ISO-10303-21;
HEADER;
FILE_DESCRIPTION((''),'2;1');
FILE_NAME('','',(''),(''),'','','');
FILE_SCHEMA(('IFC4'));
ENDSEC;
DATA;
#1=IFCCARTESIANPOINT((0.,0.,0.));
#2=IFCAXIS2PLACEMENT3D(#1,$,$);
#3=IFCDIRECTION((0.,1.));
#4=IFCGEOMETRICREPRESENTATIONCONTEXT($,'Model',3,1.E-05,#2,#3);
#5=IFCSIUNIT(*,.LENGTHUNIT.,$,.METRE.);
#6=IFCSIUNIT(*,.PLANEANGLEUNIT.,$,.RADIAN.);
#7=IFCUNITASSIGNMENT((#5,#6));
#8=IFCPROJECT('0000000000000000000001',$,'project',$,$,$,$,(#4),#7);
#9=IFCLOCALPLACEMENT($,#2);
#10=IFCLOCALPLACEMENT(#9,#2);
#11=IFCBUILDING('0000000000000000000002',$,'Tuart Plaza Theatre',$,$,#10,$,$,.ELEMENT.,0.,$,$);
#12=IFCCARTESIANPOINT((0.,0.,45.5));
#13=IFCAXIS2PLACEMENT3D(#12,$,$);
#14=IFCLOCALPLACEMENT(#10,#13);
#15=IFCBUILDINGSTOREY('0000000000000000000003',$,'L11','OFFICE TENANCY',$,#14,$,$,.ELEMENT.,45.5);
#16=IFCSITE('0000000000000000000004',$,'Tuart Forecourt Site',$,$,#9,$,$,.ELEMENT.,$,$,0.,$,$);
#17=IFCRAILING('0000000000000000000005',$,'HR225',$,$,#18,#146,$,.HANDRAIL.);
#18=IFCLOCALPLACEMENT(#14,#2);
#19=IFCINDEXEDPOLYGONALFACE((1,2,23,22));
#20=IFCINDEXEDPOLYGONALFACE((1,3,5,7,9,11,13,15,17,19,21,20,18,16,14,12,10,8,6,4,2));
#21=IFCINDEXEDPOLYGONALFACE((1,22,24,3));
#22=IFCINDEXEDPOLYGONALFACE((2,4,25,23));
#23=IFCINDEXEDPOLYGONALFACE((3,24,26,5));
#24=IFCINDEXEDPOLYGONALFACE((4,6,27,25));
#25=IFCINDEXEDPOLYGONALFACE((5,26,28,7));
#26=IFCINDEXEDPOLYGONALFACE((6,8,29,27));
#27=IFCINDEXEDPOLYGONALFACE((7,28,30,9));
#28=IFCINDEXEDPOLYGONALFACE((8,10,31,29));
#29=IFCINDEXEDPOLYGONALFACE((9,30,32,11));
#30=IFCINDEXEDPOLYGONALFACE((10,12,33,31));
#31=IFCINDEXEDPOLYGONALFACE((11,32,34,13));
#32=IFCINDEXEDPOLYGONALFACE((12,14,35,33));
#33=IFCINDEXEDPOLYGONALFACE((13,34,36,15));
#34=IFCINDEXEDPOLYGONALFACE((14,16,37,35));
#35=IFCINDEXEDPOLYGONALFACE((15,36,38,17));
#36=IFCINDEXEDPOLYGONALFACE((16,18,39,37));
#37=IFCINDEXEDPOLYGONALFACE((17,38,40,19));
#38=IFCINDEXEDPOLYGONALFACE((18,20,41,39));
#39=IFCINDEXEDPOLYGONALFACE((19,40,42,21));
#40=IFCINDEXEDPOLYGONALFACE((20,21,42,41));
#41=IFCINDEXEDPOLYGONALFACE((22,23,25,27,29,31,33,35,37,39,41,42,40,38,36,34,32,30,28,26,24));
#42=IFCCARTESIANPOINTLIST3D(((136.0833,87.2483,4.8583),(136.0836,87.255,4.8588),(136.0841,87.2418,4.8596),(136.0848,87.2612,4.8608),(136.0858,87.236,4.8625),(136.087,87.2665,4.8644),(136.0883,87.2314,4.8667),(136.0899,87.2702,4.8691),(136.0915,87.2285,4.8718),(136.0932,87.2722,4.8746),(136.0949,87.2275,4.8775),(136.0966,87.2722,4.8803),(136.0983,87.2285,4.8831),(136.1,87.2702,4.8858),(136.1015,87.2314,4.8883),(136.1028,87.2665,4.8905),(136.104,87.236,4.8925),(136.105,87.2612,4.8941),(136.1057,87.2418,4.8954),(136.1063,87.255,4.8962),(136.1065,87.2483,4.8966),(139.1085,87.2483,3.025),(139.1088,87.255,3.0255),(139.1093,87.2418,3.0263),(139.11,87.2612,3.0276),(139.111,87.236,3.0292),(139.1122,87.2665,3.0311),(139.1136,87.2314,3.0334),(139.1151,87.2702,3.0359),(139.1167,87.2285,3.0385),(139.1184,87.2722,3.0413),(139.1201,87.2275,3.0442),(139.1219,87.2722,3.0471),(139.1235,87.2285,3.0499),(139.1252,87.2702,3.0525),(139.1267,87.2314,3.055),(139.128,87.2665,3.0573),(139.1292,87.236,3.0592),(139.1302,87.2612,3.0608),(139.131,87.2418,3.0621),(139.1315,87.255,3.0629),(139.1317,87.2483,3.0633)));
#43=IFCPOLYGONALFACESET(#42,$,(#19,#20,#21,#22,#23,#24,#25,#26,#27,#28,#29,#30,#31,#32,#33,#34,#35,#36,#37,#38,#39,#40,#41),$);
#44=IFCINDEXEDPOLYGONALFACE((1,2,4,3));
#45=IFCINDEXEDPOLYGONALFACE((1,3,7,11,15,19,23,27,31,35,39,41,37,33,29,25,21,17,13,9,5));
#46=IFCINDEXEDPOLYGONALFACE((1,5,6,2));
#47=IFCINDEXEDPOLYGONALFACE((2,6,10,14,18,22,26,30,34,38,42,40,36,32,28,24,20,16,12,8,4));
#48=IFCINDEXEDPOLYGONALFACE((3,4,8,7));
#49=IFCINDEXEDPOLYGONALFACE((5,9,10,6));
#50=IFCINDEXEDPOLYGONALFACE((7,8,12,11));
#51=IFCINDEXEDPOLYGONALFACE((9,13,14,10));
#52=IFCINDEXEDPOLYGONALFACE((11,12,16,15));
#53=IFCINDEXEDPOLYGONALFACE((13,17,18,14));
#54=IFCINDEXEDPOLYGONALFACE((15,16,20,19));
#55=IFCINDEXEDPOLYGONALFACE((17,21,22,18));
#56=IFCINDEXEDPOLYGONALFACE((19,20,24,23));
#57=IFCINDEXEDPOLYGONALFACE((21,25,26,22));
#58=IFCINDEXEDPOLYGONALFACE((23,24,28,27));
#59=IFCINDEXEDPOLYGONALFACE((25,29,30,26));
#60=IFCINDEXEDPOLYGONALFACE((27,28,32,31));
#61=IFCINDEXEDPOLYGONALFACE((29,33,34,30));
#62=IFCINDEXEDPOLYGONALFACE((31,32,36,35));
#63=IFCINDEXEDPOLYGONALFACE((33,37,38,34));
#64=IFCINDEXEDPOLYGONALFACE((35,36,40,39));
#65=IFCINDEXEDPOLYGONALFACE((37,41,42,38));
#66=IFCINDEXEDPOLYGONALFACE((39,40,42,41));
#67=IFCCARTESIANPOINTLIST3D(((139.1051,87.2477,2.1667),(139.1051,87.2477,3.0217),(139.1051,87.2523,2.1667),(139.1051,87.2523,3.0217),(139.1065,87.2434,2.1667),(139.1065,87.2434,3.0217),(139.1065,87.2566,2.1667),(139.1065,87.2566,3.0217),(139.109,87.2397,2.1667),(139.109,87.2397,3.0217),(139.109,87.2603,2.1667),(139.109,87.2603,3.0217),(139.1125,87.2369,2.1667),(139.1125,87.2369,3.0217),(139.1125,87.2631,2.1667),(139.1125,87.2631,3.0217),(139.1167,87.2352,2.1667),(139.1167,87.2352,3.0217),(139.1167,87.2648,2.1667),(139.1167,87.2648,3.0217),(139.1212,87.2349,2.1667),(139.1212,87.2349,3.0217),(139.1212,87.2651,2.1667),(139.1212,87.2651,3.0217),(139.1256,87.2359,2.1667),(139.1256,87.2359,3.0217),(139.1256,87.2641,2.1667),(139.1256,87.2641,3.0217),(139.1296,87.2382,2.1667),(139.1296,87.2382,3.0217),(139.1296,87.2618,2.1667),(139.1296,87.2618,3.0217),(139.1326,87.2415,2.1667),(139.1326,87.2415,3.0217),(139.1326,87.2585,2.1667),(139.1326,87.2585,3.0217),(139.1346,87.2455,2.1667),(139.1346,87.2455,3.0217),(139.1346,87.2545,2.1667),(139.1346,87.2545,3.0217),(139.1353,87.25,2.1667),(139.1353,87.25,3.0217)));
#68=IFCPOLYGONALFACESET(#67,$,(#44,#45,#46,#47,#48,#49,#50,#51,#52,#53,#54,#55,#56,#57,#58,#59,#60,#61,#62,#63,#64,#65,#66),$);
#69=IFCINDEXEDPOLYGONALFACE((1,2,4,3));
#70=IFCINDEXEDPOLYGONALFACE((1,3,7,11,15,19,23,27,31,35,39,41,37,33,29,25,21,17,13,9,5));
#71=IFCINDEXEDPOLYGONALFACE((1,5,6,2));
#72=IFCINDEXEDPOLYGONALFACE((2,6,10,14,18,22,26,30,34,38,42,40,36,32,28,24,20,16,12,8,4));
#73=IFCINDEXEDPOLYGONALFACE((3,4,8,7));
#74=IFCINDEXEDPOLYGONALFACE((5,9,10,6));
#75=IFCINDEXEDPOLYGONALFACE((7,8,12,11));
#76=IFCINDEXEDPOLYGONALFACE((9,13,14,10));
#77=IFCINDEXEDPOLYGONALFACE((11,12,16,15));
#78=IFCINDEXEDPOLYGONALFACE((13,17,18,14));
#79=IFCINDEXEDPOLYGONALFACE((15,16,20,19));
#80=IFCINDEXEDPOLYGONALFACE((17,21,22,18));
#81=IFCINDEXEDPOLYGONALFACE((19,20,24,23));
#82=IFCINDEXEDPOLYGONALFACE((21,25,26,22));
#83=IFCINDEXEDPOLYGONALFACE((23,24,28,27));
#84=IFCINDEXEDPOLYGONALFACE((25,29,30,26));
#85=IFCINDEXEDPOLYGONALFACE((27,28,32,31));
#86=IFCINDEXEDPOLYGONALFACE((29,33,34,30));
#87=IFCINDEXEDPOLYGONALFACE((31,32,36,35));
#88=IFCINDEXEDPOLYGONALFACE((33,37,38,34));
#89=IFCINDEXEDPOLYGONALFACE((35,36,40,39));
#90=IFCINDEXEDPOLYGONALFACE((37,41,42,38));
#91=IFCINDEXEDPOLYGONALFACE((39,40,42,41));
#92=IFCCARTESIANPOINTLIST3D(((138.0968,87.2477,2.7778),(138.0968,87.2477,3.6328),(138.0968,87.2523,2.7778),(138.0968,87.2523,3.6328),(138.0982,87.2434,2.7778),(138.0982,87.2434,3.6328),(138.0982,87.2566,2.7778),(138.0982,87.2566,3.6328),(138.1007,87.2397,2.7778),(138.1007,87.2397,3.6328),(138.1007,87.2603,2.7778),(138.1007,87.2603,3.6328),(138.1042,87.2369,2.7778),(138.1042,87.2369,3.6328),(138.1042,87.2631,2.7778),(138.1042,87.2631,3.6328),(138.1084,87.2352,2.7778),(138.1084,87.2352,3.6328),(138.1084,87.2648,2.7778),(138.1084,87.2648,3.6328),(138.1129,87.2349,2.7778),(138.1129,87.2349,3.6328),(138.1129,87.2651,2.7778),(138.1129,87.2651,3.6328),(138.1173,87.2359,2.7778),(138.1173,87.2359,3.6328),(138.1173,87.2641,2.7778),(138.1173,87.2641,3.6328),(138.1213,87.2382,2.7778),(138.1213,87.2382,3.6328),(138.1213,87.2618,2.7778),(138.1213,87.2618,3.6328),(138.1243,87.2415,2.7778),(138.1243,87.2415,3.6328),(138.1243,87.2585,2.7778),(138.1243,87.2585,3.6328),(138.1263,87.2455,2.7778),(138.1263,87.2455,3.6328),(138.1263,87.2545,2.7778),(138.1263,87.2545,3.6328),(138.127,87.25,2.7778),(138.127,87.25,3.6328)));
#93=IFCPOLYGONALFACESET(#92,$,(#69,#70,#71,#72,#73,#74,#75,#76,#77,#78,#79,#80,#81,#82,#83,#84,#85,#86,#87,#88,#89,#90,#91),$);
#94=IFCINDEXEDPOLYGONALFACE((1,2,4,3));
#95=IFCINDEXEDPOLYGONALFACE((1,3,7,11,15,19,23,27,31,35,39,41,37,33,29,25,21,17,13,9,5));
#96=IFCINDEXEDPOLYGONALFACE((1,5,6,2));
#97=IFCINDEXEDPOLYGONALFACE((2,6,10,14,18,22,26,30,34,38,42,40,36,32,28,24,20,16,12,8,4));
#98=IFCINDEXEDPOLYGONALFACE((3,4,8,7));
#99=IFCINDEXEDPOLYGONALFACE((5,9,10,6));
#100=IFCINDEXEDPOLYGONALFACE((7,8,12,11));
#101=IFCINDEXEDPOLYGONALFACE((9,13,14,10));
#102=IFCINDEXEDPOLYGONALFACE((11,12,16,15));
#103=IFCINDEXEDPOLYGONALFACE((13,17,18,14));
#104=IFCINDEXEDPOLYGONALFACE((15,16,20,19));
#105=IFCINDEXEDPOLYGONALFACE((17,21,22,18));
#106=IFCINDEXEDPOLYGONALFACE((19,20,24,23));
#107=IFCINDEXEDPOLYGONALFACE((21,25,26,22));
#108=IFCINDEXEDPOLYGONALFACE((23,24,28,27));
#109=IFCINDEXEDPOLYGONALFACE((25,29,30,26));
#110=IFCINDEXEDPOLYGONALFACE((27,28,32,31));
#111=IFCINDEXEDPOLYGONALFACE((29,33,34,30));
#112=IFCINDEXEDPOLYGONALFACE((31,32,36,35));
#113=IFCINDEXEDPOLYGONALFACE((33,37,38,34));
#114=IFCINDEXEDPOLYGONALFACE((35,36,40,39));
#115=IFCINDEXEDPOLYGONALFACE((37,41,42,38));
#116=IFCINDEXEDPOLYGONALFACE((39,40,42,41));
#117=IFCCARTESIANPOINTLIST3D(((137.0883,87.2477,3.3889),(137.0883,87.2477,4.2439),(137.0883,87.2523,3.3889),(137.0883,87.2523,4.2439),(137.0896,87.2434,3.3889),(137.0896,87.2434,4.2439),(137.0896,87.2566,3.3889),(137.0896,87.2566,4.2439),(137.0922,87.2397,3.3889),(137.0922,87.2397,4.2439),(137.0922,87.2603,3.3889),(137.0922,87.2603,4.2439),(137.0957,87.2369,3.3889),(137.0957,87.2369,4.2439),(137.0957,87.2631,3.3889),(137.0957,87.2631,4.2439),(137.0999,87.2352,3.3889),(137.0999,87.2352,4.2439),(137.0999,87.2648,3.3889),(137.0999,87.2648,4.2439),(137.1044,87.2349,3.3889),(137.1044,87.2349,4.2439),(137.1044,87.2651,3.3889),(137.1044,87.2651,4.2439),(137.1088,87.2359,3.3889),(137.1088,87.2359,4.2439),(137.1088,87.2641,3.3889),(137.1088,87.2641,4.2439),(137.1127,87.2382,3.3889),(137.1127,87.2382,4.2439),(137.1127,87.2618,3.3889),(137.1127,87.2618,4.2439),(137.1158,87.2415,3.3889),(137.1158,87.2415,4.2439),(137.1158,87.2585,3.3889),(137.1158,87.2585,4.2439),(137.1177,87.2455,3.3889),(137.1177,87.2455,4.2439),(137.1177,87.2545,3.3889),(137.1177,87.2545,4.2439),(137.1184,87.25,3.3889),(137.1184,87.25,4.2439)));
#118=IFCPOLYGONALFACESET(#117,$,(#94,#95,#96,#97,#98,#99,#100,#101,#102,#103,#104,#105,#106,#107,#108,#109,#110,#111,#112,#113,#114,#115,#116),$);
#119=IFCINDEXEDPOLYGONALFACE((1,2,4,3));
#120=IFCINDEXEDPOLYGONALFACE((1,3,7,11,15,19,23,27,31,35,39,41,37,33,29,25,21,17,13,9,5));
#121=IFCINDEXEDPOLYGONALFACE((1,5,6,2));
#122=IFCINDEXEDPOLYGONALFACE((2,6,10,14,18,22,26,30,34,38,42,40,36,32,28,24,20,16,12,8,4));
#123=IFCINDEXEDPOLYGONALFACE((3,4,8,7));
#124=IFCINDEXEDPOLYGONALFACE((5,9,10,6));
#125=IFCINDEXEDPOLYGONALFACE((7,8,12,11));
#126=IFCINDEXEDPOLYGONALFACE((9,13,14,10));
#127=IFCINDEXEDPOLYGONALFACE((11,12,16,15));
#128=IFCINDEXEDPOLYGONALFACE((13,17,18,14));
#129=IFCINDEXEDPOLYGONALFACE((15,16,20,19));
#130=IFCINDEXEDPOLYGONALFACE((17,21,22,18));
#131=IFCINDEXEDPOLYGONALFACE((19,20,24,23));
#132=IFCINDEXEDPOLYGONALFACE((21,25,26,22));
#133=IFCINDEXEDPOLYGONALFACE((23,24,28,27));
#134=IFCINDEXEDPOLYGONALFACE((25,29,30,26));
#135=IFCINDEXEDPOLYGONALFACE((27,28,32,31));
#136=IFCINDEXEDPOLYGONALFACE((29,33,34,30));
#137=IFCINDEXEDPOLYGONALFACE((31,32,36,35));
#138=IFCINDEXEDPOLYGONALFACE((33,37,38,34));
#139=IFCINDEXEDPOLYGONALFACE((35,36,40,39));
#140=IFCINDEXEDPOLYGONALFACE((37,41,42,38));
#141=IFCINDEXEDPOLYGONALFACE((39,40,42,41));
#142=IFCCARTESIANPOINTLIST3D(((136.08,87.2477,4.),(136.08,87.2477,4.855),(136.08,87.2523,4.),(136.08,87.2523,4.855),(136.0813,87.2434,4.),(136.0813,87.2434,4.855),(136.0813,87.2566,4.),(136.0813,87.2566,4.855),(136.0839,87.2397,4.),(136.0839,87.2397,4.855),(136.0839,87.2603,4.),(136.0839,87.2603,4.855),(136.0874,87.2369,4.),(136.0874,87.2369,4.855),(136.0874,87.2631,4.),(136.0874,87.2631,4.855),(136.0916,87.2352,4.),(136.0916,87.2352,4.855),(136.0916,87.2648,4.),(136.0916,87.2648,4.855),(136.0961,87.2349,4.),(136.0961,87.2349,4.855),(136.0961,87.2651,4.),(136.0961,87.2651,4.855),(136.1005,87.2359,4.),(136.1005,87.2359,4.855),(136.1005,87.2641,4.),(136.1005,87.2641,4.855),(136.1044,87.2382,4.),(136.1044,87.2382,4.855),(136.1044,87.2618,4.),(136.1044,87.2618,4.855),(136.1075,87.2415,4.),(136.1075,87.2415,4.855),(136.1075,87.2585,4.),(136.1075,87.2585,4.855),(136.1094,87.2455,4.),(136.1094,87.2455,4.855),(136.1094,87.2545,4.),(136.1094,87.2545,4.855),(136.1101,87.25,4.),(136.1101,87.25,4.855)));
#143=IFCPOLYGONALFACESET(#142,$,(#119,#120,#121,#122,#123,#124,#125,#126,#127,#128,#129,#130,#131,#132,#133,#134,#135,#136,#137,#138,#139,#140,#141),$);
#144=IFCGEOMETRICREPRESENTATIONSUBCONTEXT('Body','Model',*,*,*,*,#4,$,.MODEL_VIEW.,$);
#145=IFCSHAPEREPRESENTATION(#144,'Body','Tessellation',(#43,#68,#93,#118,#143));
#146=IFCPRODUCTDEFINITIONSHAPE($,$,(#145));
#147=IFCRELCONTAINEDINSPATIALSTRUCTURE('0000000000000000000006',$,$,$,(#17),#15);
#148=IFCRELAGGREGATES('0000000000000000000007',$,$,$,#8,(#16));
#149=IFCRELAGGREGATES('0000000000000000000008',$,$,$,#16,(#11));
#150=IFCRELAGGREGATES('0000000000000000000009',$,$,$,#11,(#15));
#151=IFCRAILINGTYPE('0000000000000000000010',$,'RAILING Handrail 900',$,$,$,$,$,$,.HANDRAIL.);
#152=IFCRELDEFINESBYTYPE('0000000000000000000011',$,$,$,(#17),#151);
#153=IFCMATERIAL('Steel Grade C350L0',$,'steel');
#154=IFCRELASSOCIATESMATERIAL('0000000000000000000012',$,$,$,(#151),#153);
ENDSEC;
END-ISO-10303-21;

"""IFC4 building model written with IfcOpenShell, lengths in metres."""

from ifc_helpers import new_model, si_unit, direction, frame, origin, origin_2d, place, context, subcontext, project, spatial, circle, extrude, material, type_object, element, save


model = new_model("IFC4")

# Units and contexts
model_context = context("Model", 3, precision=1e-05, world=origin(), true_north=direction((0.0, 1.0)))
body_context = subcontext(model_context, "Body", "Model", "MODEL_VIEW")
ifc_project = project(units=[si_unit("LENGTHUNIT", "METRE"), si_unit("PLANEANGLEUNIT", "RADIAN")], contexts=[model_context])

# Site, building, storey
site_placement = place(None, origin())
site = spatial("IfcSite", under=ifc_project, at=site_placement, Name="Tuart Forecourt Site", CompositionType="ELEMENT", RefElevation=0.0)
building_placement = place(site_placement, origin())
building = spatial("IfcBuilding", under=site, at=building_placement, Name="Tuart Plaza Theatre", CompositionType="ELEMENT", ElevationOfRefHeight=0.0)
storey_placement = place(building_placement, frame((0.0, 0.0, 45.5)))
storey = spatial("IfcBuildingStorey", under=building, at=storey_placement, Name="L11", Description="OFFICE TENANCY", CompositionType="ELEMENT", Elevation=45.5)

# Railing
ifc_material_1 = material(Name="Steel Grade C350L0", Category="steel")
railing_type_1 = type_object("IfcRailingType", Name="RAILING Handrail 900", PredefinedType="HANDRAIL", material=ifc_material_1)
for number, where, name in (
    (1, (139.1201, 87.25, 2.1667), "HR225"),
):
    element("IfcRailing", number, at=place(storey_placement, frame(where)), inside=storey, type_object=railing_type_1, Name=name, PredefinedType="HANDRAIL", context=body_context, shape_type="SweptSolid", body=[
        extrude(circle(Radius=0.0225, at=origin_2d()), frame((0.0, 0.0, 0.8774), z_axis=(-0.855219, 0.0, 0.518267), x_axis=(0.0, -1.0, 0.0)), (0.0, 0.0, 1.0), 3.5374),
        extrude(circle(Radius=0.0151, at=origin_2d()), origin(), (0.0, 0.0, 1.0), 0.855),
        extrude(circle(Radius=0.0151, at=origin_2d()), frame((-1.0083, 0.0, 0.6111)), (0.0, 0.0, 1.0), 0.855),
        extrude(circle(Radius=0.0151, at=origin_2d()), frame((-2.0168, 0.0, 1.2222)), (0.0, 0.0, 1.0), 0.855),
        extrude(circle(Radius=0.0151, at=origin_2d()), frame((-3.0251, 0.0, 1.8333)), (0.0, 0.0, 1.0), 0.855),
    ])

save(model, "model.ifc")
